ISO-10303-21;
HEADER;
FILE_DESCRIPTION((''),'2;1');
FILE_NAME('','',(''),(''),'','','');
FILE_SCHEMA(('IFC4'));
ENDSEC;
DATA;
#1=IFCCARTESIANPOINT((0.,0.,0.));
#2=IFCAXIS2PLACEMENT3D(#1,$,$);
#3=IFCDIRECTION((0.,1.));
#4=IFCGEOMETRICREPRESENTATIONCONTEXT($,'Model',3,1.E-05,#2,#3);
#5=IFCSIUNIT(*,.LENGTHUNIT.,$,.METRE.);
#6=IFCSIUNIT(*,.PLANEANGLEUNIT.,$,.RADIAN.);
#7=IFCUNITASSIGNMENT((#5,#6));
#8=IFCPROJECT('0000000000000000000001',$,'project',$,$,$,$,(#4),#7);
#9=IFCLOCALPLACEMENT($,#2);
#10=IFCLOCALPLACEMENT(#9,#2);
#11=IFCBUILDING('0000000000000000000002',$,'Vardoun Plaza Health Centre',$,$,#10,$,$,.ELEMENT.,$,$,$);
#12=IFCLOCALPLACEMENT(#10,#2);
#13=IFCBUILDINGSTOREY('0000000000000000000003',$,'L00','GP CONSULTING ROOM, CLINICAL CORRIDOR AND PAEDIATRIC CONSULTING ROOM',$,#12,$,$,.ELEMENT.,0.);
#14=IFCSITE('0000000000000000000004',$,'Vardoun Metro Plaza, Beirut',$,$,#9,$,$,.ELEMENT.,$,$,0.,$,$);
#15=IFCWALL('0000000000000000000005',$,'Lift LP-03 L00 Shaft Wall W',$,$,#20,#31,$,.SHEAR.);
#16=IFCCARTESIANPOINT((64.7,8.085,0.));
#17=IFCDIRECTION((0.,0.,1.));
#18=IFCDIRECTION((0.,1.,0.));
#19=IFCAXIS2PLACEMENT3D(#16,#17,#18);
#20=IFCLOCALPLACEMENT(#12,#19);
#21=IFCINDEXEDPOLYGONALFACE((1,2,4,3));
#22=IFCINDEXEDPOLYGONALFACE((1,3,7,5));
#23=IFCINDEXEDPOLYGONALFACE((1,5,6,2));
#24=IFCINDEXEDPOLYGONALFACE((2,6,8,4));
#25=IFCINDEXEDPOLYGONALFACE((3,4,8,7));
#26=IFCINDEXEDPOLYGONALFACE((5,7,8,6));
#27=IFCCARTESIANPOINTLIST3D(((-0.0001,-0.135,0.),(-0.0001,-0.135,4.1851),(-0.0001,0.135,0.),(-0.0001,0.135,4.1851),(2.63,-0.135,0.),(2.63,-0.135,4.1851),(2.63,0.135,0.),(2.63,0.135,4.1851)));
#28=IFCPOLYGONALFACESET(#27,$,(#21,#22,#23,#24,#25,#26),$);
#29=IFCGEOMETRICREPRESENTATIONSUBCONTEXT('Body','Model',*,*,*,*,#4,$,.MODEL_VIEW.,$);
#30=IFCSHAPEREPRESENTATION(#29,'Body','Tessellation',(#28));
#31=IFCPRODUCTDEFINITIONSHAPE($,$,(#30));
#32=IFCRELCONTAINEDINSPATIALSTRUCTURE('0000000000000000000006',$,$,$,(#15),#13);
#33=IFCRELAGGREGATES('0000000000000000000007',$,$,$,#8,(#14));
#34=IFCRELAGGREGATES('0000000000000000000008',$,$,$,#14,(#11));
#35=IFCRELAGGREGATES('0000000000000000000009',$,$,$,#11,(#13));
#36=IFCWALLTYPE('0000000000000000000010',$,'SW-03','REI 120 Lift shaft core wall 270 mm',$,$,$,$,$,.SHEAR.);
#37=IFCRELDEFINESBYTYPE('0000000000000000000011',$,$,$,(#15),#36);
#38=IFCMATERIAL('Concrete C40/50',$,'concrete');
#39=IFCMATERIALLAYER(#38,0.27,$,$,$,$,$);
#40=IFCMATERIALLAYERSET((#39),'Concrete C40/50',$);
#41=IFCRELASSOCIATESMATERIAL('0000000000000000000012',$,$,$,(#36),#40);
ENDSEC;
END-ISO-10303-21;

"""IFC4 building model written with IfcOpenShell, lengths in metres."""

from ifc_helpers import new_model, si_unit, direction, frame, frame_2d, origin, place, context, subcontext, project, spatial, rectangle, extrude, material, layer, layer_set, type_object, element, save


model = new_model("IFC4")

# Units and contexts
model_context = context("Model", 3, precision=1e-05, world=origin(), true_north=direction((0.0, 1.0)))
body_context = subcontext(model_context, "Body", "Model", "MODEL_VIEW")
ifc_project = project(units=[si_unit("LENGTHUNIT", "METRE"), si_unit("PLANEANGLEUNIT", "RADIAN")], contexts=[model_context])

# Site, building, storey
site_placement = place(None, origin())
site = spatial("IfcSite", under=ifc_project, at=site_placement, Name="Vardoun Metro Plaza, Beirut", CompositionType="ELEMENT", RefElevation=0.0)
building_placement = place(site_placement, origin())
building = spatial("IfcBuilding", under=site, at=building_placement, Name="Vardoun Plaza Health Centre", CompositionType="ELEMENT")
storey_placement = place(building_placement, origin())
storey = spatial("IfcBuildingStorey", under=building, at=storey_placement, Name="L00", Description="GP CONSULTING ROOM, CLINICAL CORRIDOR AND PAEDIATRIC CONSULTING ROOM", CompositionType="ELEMENT", Elevation=0.0)

# Wall
ifc_material_1 = material(Name="Concrete C40/50", Category="concrete")
ifc_layer_1 = layer(ifc_material_1, 0.27)
ifc_layer_set_1 = layer_set([ifc_layer_1], Name="Concrete C40/50")
wall_type_1 = type_object("IfcWallType", Name="SW-03", Description="REI 120 Lift shaft core wall 270 mm", PredefinedType="SHEAR", material=ifc_layer_set_1)
wall_1_placement = place(storey_placement, frame((64.7, 8.085, 0.0), z_axis=(0.0, 0.0, 1.0), x_axis=(0.0, 1.0, 0.0)))
element("IfcWall", 1, at=wall_1_placement, inside=storey, type_object=wall_type_1, Name="Lift LP-03 L00 Shaft Wall W", PredefinedType="SHEAR", context=body_context, shape_type="SweptSolid", body=[
    extrude(rectangle(XDim=2.6301, YDim=0.27, at=frame_2d((1.3149, 0.0))), origin(), (0.0, 0.0, 1.0), 4.1851),
])

save(model, "model.ifc")
